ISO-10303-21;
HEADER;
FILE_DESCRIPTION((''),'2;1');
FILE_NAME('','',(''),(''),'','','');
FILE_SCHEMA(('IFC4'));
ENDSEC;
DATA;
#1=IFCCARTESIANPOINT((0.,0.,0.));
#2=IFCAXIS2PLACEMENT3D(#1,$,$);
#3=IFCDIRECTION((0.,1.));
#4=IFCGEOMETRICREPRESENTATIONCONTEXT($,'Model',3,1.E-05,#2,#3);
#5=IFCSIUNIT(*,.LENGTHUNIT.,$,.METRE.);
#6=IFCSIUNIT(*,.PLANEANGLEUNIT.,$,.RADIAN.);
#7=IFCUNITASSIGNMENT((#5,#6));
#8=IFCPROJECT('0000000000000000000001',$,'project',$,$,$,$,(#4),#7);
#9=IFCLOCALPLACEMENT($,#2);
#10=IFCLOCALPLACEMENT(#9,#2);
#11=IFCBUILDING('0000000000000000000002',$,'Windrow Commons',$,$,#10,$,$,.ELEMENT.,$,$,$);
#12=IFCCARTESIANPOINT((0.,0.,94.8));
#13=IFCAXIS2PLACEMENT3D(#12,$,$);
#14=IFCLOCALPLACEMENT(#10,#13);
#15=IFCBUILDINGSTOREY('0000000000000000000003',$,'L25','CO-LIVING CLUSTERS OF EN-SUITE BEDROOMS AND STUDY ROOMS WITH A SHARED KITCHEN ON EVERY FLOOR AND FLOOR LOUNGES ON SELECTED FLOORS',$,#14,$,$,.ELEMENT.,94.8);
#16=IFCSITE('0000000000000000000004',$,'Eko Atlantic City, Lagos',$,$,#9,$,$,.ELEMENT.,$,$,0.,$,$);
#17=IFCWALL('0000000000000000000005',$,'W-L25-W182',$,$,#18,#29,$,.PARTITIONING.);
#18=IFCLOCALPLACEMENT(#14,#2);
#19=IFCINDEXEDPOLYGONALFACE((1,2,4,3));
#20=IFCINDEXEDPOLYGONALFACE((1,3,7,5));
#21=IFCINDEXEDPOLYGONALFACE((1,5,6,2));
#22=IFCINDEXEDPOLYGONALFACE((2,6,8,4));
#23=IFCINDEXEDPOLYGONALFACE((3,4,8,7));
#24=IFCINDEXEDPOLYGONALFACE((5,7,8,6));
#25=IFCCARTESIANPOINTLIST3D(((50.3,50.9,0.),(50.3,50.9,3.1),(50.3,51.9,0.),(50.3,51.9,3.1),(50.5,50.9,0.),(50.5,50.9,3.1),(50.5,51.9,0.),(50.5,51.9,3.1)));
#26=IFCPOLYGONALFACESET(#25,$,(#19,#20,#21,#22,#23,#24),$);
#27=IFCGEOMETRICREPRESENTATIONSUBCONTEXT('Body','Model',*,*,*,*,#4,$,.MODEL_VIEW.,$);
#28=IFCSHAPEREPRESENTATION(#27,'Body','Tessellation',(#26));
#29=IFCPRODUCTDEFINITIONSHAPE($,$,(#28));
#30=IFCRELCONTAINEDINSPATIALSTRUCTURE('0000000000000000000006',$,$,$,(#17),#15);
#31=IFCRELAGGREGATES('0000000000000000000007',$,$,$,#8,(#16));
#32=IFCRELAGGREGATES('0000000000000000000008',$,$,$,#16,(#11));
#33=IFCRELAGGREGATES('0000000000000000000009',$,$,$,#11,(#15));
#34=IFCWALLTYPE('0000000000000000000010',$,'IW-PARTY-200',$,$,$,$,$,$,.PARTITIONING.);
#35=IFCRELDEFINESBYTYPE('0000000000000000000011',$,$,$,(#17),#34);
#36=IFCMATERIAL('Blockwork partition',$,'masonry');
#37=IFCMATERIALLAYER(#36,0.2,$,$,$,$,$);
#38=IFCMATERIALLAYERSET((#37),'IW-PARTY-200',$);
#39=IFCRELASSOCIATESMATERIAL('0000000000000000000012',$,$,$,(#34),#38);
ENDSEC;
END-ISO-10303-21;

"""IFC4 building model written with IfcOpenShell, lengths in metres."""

from ifc_helpers import new_model, si_unit, direction, frame, frame_2d, origin, place, context, subcontext, project, spatial, rectangle, extrude, material, layer, layer_set, type_object, element, save


model = new_model("IFC4")

# Units and contexts
model_context = context("Model", 3, precision=1e-05, world=origin(), true_north=direction((0.0, 1.0)))
body_context = subcontext(model_context, "Body", "Model", "MODEL_VIEW")
ifc_project = project(units=[si_unit("LENGTHUNIT", "METRE"), si_unit("PLANEANGLEUNIT", "RADIAN")], contexts=[model_context])

# Site, building, storey
site_placement = place(None, origin())
site = spatial("IfcSite", under=ifc_project, at=site_placement, Name="Eko Atlantic City, Lagos", CompositionType="ELEMENT", RefElevation=0.0)
building_placement = place(site_placement, origin())
building = spatial("IfcBuilding", under=site, at=building_placement, Name="Windrow Commons", CompositionType="ELEMENT")
storey_placement = place(building_placement, frame((0.0, 0.0, 94.8)))
storey = spatial("IfcBuildingStorey", under=building, at=storey_placement, Name="L25", Description="CO-LIVING CLUSTERS OF EN-SUITE BEDROOMS AND STUDY ROOMS WITH A SHARED KITCHEN ON EVERY FLOOR AND FLOOR LOUNGES ON SELECTED FLOORS", CompositionType="ELEMENT", Elevation=94.8)

# Wall
ifc_material_1 = material(Name="Blockwork partition", Category="masonry")
ifc_layer_1 = layer(ifc_material_1, 0.2)
ifc_layer_set_1 = layer_set([ifc_layer_1], Name="IW-PARTY-200")
wall_type_1 = type_object("IfcWallType", Name="IW-PARTY-200", PredefinedType="PARTITIONING", material=ifc_layer_set_1)
wall_1_placement = place(storey_placement, frame((50.4, 50.9, 0.0), z_axis=(0.0, 0.0, 1.0), x_axis=(0.0, 1.0, 0.0)))
element("IfcWall", 1, at=wall_1_placement, inside=storey, type_object=wall_type_1, Name="W-L25-W182", PredefinedType="PARTITIONING", context=body_context, shape_type="SweptSolid", body=[
    extrude(rectangle(XDim=1.0, YDim=0.2, at=frame_2d((0.5, 0.0))), origin(), (0.0, 0.0, 1.0), 3.1),
])

save(model, "model.ifc")
